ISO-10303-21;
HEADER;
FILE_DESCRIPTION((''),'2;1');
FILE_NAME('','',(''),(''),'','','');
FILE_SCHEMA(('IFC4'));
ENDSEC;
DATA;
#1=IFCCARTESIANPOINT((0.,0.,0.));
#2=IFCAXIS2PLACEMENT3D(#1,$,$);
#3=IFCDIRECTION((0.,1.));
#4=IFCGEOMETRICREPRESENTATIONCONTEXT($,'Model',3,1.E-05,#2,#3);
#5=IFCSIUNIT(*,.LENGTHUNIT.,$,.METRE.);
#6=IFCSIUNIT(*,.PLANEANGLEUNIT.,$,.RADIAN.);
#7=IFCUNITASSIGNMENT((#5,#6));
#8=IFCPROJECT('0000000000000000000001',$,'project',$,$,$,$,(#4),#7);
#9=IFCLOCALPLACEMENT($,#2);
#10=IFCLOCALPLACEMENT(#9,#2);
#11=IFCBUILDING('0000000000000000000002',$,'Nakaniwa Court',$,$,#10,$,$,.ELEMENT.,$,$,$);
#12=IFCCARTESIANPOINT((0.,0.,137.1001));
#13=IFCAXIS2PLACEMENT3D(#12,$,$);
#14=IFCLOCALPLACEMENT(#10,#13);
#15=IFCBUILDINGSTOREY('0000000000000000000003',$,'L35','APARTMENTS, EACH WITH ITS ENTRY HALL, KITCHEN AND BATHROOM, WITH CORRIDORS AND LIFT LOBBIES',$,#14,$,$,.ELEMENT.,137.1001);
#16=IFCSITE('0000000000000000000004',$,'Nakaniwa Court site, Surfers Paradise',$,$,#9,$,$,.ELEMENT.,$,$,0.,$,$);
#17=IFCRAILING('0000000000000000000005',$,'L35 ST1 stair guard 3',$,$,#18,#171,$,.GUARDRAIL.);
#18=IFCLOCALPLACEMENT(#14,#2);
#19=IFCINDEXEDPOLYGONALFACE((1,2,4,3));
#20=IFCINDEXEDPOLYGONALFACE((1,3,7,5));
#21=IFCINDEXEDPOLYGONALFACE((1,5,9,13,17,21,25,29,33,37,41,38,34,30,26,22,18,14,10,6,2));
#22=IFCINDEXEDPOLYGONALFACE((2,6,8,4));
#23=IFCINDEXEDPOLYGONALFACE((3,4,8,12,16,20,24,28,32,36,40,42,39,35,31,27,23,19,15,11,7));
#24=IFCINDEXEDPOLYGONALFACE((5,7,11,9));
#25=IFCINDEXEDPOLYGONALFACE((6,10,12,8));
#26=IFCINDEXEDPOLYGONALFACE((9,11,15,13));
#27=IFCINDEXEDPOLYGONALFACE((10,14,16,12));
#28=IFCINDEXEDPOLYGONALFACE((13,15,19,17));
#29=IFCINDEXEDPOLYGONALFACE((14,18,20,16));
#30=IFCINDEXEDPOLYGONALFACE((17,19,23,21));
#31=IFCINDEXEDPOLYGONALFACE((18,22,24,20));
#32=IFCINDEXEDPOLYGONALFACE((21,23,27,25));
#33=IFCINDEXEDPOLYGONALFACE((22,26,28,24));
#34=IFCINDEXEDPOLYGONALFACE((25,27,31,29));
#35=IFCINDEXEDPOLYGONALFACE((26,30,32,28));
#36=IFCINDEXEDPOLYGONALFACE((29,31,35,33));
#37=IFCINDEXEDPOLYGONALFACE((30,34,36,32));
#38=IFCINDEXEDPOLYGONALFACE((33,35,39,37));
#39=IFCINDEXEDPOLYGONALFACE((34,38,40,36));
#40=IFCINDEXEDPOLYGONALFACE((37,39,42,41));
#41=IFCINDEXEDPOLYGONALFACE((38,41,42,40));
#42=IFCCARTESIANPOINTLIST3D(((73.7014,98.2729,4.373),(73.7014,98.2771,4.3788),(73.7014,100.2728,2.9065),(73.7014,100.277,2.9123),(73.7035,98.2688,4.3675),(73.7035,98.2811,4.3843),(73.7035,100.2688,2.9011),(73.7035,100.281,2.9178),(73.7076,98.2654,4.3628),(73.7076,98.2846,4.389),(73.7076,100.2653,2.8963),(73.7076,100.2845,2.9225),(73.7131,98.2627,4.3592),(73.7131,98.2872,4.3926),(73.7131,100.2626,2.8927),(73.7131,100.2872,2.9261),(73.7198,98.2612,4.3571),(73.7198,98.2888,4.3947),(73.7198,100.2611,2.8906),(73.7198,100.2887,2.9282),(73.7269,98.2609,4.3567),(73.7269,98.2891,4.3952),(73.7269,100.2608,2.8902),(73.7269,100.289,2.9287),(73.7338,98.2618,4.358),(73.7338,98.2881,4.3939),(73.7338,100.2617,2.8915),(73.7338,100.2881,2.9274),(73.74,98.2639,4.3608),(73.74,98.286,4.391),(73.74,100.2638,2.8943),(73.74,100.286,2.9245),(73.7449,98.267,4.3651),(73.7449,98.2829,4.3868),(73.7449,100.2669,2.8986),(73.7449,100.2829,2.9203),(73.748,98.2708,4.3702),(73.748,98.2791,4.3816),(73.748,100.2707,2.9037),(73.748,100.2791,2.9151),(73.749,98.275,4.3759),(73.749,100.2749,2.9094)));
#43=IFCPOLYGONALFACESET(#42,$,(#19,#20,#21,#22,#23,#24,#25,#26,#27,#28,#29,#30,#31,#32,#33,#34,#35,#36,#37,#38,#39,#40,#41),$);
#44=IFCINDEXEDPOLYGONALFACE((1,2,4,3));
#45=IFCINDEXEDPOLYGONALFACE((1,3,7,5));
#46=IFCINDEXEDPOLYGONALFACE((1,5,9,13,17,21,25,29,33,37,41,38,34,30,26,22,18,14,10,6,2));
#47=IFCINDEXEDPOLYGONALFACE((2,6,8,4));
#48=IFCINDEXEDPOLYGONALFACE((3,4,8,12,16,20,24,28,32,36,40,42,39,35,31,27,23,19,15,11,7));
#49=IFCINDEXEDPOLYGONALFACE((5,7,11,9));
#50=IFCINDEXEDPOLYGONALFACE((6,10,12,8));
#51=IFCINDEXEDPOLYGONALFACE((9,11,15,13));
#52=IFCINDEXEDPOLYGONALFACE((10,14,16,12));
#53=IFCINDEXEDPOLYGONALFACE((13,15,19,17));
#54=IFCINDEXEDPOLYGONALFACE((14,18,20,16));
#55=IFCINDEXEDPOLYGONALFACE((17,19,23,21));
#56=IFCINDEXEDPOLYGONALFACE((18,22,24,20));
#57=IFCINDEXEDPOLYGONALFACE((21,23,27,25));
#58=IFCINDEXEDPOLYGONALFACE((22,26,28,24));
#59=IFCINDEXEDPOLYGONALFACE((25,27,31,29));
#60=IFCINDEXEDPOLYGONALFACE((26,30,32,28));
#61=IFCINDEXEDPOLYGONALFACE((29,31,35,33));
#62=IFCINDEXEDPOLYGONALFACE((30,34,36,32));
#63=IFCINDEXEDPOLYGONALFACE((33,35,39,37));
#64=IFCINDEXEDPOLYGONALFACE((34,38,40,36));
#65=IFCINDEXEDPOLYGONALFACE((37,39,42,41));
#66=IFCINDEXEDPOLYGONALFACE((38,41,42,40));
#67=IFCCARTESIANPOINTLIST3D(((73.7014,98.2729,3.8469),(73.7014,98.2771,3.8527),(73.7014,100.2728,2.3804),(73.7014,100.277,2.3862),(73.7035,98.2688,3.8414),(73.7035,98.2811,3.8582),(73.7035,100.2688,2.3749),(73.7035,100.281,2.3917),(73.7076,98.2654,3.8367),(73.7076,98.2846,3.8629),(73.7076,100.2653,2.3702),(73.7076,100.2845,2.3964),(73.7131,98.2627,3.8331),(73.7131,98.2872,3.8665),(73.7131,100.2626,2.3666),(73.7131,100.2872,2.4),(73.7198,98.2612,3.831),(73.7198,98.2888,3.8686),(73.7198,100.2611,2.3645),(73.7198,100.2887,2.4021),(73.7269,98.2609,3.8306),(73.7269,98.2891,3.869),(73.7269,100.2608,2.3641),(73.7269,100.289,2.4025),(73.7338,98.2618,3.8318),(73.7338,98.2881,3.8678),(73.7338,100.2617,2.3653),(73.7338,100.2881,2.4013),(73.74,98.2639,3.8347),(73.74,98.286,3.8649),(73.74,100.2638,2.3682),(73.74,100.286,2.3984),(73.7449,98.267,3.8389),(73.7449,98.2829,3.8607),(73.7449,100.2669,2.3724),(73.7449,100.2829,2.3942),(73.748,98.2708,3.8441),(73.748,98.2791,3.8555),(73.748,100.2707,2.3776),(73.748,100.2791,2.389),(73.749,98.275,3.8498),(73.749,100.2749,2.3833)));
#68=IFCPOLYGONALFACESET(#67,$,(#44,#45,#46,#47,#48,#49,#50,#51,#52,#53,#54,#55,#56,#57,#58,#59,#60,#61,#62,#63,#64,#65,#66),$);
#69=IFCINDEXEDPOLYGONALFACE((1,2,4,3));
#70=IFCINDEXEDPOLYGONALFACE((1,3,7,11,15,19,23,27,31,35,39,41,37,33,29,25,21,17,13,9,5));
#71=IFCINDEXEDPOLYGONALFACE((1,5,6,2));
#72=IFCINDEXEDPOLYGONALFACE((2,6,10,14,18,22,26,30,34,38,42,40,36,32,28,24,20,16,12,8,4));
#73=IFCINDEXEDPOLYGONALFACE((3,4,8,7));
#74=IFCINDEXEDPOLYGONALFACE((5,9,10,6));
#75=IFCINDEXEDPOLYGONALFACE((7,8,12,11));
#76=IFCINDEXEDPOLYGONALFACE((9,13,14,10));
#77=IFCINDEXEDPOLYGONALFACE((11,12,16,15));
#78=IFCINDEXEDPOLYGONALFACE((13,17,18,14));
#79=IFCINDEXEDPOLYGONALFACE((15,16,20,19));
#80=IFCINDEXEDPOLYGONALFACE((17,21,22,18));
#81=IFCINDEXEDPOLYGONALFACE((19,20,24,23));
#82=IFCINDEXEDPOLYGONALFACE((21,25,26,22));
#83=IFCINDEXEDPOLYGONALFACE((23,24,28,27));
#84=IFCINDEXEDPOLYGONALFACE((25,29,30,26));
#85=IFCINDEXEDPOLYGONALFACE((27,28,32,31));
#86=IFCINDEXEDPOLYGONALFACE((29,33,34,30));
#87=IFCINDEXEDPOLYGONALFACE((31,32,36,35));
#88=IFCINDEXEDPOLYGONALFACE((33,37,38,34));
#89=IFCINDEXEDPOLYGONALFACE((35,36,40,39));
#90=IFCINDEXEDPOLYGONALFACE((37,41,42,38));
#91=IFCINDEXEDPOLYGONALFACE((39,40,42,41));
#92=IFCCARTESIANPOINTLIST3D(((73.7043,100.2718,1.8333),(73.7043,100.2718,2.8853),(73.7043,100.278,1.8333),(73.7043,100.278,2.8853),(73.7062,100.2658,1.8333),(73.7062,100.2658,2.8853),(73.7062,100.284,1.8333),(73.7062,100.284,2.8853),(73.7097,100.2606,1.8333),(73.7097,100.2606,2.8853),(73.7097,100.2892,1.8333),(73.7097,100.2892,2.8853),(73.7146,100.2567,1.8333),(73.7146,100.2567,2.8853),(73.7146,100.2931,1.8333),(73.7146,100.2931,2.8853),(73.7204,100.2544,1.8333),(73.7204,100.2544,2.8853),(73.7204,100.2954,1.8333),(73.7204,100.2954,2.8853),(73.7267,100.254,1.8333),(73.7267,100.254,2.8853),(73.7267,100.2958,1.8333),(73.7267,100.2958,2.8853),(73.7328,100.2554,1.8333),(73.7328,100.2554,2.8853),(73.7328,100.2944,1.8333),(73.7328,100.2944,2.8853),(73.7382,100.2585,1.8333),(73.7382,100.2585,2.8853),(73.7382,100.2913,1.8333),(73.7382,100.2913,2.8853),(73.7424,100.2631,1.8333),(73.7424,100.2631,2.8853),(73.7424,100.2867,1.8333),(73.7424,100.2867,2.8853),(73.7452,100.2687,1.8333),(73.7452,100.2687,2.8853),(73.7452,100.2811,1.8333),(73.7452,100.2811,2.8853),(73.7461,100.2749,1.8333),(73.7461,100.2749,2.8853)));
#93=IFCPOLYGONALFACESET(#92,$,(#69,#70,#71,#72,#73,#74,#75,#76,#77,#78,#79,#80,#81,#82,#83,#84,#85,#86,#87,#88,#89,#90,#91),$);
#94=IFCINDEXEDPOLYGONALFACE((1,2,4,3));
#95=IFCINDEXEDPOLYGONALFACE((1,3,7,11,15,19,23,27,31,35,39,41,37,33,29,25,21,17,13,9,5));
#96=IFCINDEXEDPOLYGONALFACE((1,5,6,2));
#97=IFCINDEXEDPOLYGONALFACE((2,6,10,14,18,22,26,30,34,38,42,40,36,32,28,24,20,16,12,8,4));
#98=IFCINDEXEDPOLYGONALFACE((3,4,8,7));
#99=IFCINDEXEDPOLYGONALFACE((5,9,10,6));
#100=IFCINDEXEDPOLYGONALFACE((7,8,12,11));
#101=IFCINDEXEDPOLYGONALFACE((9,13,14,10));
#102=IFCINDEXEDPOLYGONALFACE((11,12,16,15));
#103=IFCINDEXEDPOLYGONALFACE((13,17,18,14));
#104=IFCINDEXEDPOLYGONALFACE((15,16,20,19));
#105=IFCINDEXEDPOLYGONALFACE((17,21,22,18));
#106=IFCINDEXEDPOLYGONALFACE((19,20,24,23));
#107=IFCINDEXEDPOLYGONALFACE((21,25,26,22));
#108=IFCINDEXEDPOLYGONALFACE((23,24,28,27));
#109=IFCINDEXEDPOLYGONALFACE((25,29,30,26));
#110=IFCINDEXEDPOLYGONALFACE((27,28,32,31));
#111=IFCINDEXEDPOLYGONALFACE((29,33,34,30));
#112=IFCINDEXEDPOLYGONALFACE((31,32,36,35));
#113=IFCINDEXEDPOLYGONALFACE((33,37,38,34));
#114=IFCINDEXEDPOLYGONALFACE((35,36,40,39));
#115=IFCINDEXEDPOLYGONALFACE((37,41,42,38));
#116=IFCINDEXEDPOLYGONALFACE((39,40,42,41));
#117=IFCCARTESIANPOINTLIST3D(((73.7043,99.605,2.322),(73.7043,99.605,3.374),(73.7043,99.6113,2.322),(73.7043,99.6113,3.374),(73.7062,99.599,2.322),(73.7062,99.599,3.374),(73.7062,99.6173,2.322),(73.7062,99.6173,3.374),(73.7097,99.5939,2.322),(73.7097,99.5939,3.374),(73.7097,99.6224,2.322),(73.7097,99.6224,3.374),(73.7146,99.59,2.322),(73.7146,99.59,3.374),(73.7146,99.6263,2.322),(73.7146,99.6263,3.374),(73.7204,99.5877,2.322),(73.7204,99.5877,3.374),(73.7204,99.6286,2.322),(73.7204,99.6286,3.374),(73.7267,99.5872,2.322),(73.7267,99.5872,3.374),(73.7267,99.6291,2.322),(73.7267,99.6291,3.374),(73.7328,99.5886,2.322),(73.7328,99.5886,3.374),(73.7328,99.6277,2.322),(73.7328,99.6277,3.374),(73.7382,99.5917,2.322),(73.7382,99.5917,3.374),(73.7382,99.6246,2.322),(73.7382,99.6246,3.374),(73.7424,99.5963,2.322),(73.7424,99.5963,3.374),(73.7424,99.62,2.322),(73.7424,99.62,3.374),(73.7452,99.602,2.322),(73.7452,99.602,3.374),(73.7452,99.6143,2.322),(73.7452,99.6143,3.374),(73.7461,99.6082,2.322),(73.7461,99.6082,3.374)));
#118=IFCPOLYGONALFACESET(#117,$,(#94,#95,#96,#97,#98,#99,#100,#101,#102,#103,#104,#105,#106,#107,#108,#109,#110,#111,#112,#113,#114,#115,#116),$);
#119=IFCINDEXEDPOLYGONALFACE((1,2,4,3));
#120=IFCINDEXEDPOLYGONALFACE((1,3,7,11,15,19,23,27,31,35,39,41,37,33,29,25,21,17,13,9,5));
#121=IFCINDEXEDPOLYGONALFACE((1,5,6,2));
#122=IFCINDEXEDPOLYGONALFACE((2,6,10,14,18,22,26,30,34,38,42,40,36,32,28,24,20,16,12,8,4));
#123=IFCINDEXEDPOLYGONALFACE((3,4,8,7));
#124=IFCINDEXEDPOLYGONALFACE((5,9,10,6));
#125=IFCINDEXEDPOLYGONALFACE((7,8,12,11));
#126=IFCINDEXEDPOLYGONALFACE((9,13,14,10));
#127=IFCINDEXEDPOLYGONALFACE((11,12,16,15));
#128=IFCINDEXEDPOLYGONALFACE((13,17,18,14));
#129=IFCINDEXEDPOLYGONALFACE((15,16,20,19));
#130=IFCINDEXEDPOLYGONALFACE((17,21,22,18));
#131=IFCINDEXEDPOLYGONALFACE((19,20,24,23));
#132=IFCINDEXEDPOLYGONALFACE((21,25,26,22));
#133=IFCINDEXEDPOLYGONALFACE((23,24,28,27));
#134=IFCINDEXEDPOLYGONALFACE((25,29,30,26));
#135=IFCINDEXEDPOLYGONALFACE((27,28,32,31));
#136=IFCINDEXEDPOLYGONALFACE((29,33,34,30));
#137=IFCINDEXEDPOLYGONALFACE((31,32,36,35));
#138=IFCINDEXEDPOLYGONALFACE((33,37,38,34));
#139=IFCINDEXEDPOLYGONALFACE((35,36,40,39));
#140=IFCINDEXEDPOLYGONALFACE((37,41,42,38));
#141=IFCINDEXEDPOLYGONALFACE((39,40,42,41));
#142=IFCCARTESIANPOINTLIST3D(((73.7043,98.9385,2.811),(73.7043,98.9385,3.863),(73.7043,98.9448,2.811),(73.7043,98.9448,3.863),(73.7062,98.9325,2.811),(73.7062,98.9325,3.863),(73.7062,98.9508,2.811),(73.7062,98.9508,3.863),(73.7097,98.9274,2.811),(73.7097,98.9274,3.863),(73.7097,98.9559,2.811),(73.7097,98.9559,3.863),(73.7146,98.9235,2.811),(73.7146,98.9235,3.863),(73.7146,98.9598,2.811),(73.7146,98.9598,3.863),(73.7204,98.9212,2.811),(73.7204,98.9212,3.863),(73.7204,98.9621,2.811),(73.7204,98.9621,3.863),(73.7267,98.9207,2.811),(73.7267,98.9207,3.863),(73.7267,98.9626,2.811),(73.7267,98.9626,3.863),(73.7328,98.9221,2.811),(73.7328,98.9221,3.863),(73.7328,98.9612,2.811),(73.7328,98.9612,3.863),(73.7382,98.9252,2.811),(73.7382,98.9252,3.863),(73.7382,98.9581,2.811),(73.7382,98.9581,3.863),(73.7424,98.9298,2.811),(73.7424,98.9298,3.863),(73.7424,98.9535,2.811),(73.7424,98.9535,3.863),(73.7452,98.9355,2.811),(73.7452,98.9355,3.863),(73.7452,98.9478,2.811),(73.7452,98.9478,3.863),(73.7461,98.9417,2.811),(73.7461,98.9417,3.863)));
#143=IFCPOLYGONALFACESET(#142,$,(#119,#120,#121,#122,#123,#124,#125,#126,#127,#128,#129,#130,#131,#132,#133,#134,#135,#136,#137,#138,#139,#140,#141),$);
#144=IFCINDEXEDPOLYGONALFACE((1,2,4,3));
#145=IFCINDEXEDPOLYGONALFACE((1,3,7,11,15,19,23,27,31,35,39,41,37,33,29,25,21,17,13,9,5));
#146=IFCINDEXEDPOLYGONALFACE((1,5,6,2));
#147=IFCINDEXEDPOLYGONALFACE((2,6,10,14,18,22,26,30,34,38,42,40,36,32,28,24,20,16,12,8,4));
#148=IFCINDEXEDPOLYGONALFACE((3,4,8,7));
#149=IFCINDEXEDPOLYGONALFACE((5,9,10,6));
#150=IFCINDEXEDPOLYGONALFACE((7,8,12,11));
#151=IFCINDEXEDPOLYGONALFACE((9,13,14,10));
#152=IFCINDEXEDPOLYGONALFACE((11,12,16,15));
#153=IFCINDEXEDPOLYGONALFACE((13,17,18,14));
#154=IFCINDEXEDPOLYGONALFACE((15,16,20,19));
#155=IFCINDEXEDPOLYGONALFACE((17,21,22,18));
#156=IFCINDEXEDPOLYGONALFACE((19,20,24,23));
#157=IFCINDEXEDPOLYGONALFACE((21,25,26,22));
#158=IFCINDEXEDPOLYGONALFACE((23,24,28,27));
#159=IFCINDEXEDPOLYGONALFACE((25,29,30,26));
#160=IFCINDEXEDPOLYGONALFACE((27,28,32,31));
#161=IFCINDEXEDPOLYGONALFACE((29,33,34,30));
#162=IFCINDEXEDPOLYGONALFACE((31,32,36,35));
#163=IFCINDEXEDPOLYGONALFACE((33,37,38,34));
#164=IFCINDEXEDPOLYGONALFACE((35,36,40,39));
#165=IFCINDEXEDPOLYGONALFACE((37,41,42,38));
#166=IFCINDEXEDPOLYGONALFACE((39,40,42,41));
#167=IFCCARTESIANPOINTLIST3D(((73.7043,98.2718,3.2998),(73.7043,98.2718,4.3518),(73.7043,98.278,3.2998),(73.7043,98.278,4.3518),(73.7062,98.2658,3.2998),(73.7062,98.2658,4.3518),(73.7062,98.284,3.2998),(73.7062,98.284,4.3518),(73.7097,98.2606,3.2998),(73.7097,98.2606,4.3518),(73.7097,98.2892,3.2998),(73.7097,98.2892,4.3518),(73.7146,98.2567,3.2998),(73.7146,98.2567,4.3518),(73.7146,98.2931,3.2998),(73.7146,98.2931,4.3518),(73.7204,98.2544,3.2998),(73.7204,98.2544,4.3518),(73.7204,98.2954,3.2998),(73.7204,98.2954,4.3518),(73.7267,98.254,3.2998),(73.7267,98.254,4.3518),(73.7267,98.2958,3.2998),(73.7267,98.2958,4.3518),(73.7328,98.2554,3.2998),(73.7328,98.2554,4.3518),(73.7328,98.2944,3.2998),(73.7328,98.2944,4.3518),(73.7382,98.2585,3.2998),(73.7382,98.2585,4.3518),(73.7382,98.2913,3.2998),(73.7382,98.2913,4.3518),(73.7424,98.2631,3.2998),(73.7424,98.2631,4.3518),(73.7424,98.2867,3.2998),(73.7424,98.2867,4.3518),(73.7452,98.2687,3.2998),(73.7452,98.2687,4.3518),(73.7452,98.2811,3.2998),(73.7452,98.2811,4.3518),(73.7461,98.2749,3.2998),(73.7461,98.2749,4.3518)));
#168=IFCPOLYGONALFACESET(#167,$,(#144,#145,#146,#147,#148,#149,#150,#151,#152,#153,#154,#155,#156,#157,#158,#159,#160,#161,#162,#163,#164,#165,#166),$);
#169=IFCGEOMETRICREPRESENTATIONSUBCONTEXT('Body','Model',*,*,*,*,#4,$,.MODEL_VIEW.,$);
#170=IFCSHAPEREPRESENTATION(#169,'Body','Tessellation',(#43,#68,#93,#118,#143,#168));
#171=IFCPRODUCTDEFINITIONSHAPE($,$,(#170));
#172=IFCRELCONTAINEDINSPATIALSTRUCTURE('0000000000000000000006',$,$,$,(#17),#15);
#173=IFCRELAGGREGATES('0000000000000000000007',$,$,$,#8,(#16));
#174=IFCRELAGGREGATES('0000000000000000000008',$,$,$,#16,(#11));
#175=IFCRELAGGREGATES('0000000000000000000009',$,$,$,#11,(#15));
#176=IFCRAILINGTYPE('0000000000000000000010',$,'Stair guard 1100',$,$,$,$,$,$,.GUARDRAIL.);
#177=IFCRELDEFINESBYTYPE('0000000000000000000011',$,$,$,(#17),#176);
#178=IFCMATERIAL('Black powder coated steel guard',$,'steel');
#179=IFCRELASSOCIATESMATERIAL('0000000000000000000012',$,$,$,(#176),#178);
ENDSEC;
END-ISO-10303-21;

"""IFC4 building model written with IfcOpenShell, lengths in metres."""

from ifc_helpers import new_model, si_unit, direction, frame, origin, origin_2d, place, context, subcontext, project, spatial, circle, extrude, material, type_object, element, save


model = new_model("IFC4")

# Units and contexts
model_context = context("Model", 3, precision=1e-05, world=origin(), true_north=direction((0.0, 1.0)))
body_context = subcontext(model_context, "Body", "Model", "MODEL_VIEW")
ifc_project = project(units=[si_unit("LENGTHUNIT", "METRE"), si_unit("PLANEANGLEUNIT", "RADIAN")], contexts=[model_context])

# Site, building, storey
site_placement = place(None, origin())
site = spatial("IfcSite", under=ifc_project, at=site_placement, Name="Nakaniwa Court site, Surfers Paradise", CompositionType="ELEMENT", RefElevation=0.0)
building_placement = place(site_placement, origin())
building = spatial("IfcBuilding", under=site, at=building_placement, Name="Nakaniwa Court", CompositionType="ELEMENT")
storey_placement = place(building_placement, frame((0.0, 0.0, 137.1001)))
storey = spatial("IfcBuildingStorey", under=building, at=storey_placement, Name="L35", Description="APARTMENTS, EACH WITH ITS ENTRY HALL, KITCHEN AND BATHROOM, WITH CORRIDORS AND LIFT LOBBIES", CompositionType="ELEMENT", Elevation=137.1001)

# Railing
ifc_material_1 = material(Name="Black powder coated steel guard", Category="steel")
railing_type_1 = type_object("IfcRailingType", Name="Stair guard 1100", PredefinedType="GUARDRAIL", material=ifc_material_1)
railing_1_placement = place(storey_placement, frame((73.7251, 100.2749, 1.8333)))
element("IfcRailing", 1, at=railing_1_placement, inside=storey, type_object=railing_type_1, Name="L35 ST1 stair guard 3", PredefinedType="GUARDRAIL", context=body_context, shape_type="SweptSolid", body=[
    extrude(circle(Radius=0.0239, at=origin_2d()), frame((0.0, 0.0, 1.0762), z_axis=(0.0, -0.806427, 0.591334), x_axis=(1.0, 0.0, 0.0)), (0.0, 0.0, 1.0), 2.48),
    extrude(circle(Radius=0.0239, at=origin_2d()), frame((0.0, 0.0, 0.55), z_axis=(0.0, -0.806427, 0.591334), x_axis=(1.0, 0.0, 0.0)), (0.0, 0.0, 1.0), 2.48),
    extrude(circle(Radius=0.021, at=origin_2d()), origin(), (0.0, 0.0, 1.0), 1.052),
    extrude(circle(Radius=0.021, at=origin_2d()), frame((0.0, -0.6667, 0.4888)), (0.0, 0.0, 1.0), 1.052),
    extrude(circle(Radius=0.021, at=origin_2d()), frame((0.0, -1.3333, 0.9778)), (0.0, 0.0, 1.0), 1.052),
    extrude(circle(Radius=0.021, at=origin_2d()), frame((0.0, -2.0, 1.4666)), (0.0, 0.0, 1.0), 1.052),
])

save(model, "model.ifc")
